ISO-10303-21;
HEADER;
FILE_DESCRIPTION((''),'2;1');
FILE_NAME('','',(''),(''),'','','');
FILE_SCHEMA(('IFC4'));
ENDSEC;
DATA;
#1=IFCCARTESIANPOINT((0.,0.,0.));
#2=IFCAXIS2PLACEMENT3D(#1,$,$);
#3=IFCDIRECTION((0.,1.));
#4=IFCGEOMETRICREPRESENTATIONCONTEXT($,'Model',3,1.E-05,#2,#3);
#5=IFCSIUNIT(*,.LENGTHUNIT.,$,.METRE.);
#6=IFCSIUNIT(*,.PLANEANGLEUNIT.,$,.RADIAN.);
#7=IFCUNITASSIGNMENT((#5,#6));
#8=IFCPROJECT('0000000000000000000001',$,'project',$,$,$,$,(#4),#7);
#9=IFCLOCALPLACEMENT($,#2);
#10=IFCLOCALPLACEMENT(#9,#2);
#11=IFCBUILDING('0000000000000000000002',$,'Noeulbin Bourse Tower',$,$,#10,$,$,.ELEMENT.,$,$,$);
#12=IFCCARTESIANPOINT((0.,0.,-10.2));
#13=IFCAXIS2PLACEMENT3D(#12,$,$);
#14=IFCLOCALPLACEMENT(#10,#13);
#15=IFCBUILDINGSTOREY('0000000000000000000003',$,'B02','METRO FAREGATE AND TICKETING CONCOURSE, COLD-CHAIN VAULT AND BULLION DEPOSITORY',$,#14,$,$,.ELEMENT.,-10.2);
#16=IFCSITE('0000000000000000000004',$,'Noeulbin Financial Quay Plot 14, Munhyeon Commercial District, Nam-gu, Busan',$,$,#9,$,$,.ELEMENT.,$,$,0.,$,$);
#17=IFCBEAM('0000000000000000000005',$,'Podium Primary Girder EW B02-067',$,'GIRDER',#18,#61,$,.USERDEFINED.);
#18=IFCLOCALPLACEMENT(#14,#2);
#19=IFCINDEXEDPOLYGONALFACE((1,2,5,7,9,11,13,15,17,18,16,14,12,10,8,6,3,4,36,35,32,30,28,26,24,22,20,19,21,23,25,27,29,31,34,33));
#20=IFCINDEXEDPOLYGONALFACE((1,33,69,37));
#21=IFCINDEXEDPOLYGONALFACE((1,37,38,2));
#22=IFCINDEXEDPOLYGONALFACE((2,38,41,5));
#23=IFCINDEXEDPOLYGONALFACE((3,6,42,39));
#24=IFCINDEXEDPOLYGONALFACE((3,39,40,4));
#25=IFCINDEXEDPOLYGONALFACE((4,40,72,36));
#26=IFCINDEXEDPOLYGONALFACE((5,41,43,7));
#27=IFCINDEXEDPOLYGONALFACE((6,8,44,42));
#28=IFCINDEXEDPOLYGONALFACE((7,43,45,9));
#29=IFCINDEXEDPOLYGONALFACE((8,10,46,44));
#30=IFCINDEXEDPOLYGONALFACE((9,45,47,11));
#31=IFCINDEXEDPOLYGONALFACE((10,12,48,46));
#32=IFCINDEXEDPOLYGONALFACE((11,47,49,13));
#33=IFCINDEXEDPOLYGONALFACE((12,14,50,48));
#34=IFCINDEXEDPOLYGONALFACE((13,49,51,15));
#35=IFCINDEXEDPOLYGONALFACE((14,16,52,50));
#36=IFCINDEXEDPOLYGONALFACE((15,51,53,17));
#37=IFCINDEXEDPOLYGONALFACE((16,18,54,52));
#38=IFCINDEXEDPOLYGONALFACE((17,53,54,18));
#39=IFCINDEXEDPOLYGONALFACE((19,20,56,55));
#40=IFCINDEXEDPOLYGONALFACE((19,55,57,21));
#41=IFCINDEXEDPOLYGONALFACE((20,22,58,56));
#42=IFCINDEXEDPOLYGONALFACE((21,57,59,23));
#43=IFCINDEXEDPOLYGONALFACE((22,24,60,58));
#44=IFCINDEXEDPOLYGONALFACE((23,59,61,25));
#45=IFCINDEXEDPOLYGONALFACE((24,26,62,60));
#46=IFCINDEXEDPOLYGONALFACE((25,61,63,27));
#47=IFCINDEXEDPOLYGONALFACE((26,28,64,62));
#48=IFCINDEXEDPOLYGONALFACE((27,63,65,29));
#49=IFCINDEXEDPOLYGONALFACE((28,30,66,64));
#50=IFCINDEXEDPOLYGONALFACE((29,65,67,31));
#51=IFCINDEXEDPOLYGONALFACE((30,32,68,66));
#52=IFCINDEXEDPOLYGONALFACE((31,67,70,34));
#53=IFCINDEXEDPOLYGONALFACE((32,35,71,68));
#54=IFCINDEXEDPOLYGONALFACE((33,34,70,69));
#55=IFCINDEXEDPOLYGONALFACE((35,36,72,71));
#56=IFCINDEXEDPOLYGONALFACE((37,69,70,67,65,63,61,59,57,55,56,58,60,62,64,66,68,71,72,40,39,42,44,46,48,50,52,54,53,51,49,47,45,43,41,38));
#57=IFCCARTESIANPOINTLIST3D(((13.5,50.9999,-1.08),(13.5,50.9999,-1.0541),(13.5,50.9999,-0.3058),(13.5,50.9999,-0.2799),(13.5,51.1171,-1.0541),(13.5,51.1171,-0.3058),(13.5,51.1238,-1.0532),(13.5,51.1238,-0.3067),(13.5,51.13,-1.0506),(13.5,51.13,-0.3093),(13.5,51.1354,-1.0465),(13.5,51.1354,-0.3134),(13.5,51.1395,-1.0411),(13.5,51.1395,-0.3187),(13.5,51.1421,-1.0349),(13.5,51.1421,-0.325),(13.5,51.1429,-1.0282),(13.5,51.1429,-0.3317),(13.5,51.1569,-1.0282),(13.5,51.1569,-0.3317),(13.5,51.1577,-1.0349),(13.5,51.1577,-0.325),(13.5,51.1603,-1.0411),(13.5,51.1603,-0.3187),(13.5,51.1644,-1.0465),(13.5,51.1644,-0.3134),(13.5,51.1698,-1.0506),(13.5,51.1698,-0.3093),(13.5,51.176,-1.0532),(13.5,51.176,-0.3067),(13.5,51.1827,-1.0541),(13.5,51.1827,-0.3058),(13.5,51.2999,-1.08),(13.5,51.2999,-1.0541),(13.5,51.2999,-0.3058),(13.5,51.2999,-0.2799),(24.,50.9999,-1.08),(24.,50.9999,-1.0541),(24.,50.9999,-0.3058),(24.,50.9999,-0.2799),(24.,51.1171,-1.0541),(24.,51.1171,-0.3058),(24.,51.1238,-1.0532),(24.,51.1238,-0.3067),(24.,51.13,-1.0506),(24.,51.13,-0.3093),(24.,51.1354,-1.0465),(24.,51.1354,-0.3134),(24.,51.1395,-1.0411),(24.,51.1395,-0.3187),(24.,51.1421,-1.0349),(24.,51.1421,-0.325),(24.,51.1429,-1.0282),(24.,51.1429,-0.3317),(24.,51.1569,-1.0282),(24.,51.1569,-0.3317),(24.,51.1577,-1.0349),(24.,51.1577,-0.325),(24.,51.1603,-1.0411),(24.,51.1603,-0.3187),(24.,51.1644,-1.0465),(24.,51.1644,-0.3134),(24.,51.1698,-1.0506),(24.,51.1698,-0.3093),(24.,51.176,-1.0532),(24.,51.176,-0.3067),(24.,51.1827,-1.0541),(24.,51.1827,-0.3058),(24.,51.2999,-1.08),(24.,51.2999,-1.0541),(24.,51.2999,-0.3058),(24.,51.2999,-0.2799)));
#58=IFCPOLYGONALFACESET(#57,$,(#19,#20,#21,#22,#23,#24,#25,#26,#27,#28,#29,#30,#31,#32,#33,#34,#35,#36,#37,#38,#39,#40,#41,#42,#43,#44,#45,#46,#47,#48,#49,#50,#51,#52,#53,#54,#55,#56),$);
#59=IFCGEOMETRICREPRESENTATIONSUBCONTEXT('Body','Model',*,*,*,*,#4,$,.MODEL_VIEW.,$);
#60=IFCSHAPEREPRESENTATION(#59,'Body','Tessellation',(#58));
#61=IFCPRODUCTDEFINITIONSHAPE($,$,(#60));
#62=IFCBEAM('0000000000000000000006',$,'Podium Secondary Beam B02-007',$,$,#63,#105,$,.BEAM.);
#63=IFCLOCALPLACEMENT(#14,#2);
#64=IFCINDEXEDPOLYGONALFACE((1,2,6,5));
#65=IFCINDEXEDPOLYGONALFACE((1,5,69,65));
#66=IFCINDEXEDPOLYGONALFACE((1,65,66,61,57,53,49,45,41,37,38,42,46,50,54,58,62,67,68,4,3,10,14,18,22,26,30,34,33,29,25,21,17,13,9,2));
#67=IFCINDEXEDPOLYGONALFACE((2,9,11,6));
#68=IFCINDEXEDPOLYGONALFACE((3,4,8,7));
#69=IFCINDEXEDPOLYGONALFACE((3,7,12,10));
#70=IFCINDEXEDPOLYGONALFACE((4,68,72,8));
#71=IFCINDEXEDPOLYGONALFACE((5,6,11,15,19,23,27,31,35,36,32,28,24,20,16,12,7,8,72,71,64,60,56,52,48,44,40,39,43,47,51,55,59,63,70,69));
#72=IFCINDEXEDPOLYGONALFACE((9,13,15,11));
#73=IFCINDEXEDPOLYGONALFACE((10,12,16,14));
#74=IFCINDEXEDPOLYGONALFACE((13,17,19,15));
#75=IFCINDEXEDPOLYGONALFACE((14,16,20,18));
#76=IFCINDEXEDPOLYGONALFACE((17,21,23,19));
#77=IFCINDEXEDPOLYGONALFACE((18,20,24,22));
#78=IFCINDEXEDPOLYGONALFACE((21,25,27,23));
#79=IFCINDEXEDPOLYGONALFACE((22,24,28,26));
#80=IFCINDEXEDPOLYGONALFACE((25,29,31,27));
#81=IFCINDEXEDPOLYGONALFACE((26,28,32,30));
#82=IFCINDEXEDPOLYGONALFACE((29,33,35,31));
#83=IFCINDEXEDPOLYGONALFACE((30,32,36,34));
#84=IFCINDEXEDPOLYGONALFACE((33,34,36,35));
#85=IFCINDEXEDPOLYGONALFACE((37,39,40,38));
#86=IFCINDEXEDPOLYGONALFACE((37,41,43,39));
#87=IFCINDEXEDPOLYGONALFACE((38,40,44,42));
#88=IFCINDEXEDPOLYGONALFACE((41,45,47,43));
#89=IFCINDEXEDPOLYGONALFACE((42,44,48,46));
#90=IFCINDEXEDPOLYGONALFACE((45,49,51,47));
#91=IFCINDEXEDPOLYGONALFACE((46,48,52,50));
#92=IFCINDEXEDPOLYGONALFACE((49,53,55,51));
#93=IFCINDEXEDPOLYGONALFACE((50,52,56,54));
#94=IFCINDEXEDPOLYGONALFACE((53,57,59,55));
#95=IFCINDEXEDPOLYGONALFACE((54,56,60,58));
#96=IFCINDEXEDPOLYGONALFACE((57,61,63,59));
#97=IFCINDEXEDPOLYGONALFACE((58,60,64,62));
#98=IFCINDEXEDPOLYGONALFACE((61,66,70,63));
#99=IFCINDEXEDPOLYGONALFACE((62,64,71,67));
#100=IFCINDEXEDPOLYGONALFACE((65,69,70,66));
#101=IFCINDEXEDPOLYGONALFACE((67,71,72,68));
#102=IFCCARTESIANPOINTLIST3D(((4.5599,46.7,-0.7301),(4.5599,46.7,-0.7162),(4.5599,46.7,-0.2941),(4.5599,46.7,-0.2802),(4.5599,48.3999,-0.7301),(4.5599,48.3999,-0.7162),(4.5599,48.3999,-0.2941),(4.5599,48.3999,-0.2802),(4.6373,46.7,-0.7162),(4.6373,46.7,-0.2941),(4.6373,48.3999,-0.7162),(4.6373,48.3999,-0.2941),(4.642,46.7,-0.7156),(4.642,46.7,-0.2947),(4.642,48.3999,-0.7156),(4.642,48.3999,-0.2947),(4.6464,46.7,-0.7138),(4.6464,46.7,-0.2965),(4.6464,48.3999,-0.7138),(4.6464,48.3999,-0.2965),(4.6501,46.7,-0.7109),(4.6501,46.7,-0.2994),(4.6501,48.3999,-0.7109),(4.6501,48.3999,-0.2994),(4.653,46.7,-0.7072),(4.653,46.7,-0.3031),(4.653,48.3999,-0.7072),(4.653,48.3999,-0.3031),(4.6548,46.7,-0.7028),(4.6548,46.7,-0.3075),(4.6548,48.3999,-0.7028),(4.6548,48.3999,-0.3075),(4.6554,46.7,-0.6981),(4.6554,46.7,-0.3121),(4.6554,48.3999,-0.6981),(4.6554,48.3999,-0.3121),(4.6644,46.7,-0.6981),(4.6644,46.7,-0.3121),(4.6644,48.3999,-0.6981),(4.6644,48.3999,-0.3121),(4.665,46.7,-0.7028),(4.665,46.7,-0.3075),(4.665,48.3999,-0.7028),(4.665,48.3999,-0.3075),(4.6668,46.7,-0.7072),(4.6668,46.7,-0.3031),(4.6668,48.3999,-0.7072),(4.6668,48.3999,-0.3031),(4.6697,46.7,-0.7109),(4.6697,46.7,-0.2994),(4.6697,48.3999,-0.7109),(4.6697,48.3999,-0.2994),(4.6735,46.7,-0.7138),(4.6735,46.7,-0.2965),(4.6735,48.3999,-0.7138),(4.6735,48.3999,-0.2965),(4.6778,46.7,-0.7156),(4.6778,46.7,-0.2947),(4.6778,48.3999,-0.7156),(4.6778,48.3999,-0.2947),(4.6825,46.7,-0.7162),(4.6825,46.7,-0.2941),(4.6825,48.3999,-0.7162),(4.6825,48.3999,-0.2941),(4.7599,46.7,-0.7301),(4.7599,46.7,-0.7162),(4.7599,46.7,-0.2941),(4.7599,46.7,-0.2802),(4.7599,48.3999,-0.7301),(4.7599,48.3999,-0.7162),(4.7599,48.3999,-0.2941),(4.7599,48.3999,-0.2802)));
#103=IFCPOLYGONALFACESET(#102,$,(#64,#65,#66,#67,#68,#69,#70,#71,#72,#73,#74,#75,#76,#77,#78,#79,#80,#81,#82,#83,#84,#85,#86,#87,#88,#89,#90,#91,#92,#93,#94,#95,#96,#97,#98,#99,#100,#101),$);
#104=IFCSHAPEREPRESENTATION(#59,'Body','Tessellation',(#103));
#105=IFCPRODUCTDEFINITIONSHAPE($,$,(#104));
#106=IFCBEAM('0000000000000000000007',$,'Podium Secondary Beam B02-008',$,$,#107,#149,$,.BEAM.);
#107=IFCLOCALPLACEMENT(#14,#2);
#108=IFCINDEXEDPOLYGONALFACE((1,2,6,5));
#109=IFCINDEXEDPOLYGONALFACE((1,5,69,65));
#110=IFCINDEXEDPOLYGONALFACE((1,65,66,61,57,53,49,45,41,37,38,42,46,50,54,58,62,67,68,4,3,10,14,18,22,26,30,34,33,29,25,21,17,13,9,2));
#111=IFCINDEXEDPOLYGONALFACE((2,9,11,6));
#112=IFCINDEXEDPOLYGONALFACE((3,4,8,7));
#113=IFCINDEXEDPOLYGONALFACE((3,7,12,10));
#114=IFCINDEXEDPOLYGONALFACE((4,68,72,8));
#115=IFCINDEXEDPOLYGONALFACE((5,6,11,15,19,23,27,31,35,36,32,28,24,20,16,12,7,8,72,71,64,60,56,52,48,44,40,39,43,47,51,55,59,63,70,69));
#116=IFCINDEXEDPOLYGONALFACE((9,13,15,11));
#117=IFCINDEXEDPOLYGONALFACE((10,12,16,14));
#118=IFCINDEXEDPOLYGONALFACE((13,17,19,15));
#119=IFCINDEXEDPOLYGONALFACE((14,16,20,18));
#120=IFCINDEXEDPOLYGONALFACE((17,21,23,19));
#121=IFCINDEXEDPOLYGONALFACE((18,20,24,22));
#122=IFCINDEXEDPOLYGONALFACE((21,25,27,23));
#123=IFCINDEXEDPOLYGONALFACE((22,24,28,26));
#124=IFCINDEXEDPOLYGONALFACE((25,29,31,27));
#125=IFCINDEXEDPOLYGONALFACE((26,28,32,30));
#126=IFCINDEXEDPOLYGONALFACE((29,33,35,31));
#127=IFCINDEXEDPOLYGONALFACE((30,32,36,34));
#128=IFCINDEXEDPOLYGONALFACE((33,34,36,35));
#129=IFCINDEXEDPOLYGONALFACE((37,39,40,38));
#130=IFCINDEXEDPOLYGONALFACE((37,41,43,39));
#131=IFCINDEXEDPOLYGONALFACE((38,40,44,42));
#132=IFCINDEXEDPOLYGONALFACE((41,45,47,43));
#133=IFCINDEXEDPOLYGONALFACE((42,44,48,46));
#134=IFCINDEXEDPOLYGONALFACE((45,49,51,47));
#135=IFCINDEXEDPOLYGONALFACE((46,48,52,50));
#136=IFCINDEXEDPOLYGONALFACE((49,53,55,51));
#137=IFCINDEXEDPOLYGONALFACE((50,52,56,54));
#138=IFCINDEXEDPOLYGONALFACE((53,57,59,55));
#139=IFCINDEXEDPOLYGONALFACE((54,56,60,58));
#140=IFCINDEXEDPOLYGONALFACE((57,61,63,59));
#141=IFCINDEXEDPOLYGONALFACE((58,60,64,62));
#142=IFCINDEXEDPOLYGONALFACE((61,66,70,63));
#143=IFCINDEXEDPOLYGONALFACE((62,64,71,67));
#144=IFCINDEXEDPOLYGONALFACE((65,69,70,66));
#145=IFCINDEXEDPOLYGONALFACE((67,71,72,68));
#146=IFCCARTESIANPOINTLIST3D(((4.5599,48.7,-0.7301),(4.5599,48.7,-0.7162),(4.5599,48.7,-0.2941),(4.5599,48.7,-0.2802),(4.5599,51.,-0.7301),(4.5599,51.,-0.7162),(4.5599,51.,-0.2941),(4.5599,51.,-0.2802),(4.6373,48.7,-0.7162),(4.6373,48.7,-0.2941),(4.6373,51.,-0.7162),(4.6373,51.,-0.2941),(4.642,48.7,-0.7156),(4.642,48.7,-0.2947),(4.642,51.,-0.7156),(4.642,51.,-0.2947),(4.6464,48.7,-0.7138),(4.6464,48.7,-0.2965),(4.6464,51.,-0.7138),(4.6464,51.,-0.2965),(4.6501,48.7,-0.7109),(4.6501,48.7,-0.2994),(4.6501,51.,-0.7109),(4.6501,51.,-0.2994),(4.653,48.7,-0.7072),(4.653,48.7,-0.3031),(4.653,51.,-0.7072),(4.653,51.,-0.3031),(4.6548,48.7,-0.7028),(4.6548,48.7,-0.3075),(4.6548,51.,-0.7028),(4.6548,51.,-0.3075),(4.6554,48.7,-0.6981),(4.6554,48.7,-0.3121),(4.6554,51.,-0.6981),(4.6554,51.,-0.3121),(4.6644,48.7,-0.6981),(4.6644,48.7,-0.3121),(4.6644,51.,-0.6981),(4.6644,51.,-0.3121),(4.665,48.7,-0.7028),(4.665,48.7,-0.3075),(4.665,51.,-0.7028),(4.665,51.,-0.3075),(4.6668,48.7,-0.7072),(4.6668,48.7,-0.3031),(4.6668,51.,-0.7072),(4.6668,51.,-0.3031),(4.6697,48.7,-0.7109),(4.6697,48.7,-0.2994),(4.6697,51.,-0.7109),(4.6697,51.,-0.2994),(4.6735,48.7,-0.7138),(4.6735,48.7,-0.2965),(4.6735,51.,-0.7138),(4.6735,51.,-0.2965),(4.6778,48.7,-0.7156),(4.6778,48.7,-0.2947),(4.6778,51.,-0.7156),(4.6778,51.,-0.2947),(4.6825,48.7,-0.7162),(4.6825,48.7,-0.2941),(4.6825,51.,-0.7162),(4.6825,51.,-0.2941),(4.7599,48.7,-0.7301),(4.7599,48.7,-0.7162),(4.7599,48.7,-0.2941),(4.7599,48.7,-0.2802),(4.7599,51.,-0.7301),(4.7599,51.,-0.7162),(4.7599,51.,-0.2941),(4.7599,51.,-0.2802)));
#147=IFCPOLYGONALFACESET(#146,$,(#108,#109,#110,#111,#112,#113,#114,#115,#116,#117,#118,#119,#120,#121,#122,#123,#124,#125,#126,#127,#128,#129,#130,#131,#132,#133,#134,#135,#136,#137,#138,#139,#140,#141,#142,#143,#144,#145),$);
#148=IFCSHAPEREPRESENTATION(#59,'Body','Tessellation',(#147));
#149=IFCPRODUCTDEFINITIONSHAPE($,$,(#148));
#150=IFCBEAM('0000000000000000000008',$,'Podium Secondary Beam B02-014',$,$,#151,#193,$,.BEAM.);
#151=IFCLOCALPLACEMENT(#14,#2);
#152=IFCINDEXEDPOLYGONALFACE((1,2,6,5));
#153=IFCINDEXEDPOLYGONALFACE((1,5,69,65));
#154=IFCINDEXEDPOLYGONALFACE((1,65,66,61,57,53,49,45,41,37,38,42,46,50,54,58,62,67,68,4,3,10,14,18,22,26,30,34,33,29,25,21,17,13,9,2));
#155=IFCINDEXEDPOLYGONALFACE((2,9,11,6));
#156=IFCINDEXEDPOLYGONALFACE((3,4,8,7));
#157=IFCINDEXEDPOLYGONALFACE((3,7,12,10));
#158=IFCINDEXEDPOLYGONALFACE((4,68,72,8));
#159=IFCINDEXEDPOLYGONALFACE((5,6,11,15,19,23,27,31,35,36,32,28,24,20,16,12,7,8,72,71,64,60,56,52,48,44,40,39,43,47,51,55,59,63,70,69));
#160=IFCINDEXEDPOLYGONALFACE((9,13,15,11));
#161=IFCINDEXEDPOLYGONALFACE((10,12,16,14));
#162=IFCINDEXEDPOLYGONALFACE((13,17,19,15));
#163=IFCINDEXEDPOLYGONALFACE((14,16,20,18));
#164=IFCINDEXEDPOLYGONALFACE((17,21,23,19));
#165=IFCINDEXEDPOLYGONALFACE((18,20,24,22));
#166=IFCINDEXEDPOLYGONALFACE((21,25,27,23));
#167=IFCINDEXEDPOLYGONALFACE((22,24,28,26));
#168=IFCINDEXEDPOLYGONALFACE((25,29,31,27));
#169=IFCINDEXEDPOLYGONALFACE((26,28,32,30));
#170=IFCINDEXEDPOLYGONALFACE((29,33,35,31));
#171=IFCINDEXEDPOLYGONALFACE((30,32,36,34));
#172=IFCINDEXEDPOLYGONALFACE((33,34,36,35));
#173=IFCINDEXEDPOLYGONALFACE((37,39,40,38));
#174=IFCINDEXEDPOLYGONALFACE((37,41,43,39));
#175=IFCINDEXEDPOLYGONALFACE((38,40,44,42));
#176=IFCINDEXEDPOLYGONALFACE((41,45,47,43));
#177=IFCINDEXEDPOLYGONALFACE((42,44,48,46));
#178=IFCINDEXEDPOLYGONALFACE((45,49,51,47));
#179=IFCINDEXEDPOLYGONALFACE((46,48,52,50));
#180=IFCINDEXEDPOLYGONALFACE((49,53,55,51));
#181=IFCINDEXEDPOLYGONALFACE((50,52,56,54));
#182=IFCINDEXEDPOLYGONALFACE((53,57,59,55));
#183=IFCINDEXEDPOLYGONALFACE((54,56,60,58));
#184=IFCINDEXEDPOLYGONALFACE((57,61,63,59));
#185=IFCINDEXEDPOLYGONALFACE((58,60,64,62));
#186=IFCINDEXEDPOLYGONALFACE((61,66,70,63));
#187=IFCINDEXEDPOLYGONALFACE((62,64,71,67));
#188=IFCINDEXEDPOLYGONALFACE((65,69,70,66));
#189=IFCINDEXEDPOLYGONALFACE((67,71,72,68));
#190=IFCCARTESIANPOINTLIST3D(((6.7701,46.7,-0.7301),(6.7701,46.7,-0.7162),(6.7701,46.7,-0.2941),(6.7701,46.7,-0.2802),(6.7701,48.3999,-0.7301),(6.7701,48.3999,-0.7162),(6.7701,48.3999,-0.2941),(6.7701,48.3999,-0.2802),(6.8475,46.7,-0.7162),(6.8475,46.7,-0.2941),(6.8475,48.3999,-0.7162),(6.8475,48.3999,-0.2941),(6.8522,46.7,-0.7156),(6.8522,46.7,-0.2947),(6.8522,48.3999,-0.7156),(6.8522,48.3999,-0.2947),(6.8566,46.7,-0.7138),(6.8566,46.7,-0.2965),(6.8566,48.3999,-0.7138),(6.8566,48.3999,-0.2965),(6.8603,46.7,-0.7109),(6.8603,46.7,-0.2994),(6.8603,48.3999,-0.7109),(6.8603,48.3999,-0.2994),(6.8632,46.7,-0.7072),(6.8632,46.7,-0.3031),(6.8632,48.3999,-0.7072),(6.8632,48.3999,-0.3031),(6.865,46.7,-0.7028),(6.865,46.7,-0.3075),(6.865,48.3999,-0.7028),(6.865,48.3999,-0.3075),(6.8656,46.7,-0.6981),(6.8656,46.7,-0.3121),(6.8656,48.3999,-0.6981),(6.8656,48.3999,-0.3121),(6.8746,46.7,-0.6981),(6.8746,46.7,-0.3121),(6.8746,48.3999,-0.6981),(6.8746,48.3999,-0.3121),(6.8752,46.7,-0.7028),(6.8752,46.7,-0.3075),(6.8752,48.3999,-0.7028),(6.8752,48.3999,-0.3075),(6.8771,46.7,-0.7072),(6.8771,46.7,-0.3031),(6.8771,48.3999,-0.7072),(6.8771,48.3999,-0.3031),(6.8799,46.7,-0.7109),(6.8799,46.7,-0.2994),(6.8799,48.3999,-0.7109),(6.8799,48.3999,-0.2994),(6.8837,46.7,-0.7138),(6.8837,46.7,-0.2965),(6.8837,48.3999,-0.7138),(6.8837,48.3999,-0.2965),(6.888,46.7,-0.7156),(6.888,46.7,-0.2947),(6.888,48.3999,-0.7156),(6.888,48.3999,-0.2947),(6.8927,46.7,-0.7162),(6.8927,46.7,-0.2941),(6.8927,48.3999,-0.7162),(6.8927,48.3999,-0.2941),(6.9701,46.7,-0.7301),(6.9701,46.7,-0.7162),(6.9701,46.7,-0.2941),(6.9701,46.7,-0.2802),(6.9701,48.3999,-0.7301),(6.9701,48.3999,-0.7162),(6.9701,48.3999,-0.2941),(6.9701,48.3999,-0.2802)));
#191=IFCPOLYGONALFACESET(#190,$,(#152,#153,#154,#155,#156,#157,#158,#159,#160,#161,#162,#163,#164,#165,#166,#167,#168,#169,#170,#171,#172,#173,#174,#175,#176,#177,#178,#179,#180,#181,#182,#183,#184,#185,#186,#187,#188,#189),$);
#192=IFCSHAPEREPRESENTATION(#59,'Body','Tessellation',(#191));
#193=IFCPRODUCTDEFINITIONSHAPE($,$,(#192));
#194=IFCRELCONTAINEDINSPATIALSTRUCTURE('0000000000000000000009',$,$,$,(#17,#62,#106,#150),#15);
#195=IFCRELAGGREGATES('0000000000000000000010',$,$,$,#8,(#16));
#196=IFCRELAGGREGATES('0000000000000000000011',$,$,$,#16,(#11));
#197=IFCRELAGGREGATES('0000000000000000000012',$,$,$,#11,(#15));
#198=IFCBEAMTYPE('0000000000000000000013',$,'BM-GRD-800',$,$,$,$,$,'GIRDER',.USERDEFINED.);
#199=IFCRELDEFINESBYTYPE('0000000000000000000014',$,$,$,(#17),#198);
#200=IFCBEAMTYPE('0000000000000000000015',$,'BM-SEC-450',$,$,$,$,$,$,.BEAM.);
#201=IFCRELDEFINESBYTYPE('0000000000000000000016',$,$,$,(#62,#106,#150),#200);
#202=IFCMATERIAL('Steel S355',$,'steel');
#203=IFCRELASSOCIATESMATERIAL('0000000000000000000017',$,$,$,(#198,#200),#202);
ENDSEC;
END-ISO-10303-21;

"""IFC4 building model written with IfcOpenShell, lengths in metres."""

from ifc_helpers import new_model, si_unit, direction, frame, origin, origin_2d, place, context, subcontext, project, spatial, i_section, extrude, material, material_profile, profile_set, type_object, element, save


model = new_model("IFC4")

# Units and contexts
model_context = context("Model", 3, precision=1e-05, world=origin(), true_north=direction((0.0, 1.0)))
body_context = subcontext(model_context, "Body", "Model", "MODEL_VIEW")
ifc_project = project(units=[si_unit("LENGTHUNIT", "METRE"), si_unit("PLANEANGLEUNIT", "RADIAN")], contexts=[model_context])

# Site, building, storey
site_placement = place(None, origin())
site = spatial("IfcSite", under=ifc_project, at=site_placement, Name="Noeulbin Financial Quay Plot 14, Munhyeon Commercial District, Nam-gu, Busan", CompositionType="ELEMENT", RefElevation=0.0)
building_placement = place(site_placement, origin())
building = spatial("IfcBuilding", under=site, at=building_placement, Name="Noeulbin Bourse Tower", CompositionType="ELEMENT")
storey_placement = place(building_placement, frame((0.0, 0.0, -10.2)))
storey = spatial("IfcBuildingStorey", under=building, at=storey_placement, Name="B02", Description="METRO FAREGATE AND TICKETING CONCOURSE, COLD-CHAIN VAULT AND BULLION DEPOSITORY", CompositionType="ELEMENT", Elevation=-10.2)

# Beams
ifc_material_1 = material(Name="Steel S355", Category="steel")
ifc_material_profile_1 = material_profile(ifc_material_1, i_section(OverallWidth=0.3, OverallDepth=0.8, WebThickness=0.0139, FlangeThickness=0.0259, FilletRadius=0.0259, at=origin_2d()), Name="H-800x300x14x26", Category="LoadBearing")
ifc_profile_set_1 = profile_set([ifc_material_profile_1], Name="Steel S355")
beam_type_1 = type_object("IfcBeamType", Name="BM-GRD-800", ElementType="GIRDER", PredefinedType="USERDEFINED", material=ifc_profile_set_1)
beam_1_placement = place(storey_placement, frame((13.5, 51.1499, -0.6799), z_axis=(1.0, 0.0, 0.0), x_axis=(0.0, 1.0, 0.0)))
element("IfcBeam", 1, at=beam_1_placement, inside=storey, type_object=beam_type_1, Name="Podium Primary Girder EW B02-067", ObjectType="GIRDER", PredefinedType="USERDEFINED", context=body_context, shape_type="SweptSolid", body=[
    extrude(i_section(OverallWidth=0.3, OverallDepth=0.8, WebThickness=0.0139, FlangeThickness=0.0259, FilletRadius=0.0259, at=origin_2d()), origin(), (0.0, 0.0, 1.0), 10.5),
])
ifc_material_profile_2 = material_profile(ifc_material_1, i_section(OverallWidth=0.2, OverallDepth=0.45, WebThickness=0.009, FlangeThickness=0.0139, FilletRadius=0.0181, at=origin_2d()), Name="H-450x200x9x14", Category="LoadBearing")
ifc_profile_set_2 = profile_set([ifc_material_profile_2], Name="Steel S355")
beam_type_2 = type_object("IfcBeamType", Name="BM-SEC-450", PredefinedType="BEAM", material=ifc_profile_set_2)
beam_2_placement = place(storey_placement, frame((4.6599, 46.7, -0.5051), z_axis=(0.0, 1.0, 0.0), x_axis=(-1.0, 0.0, 0.0)))
element("IfcBeam", 2, at=beam_2_placement, inside=storey, type_object=beam_type_2, Name="Podium Secondary Beam B02-007", PredefinedType="BEAM", context=body_context, shape_type="SweptSolid", body=[
    extrude(i_section(OverallWidth=0.2, OverallDepth=0.45, WebThickness=0.009, FlangeThickness=0.0139, FilletRadius=0.0181, at=origin_2d()), origin(), (0.0, 0.0, 1.0), 1.7),
])
beam_3_placement = place(storey_placement, frame((4.6599, 48.7, -0.5051), z_axis=(0.0, 1.0, 0.0), x_axis=(-1.0, 0.0, 0.0)))
element("IfcBeam", 3, at=beam_3_placement, inside=storey, type_object=beam_type_2, Name="Podium Secondary Beam B02-008", PredefinedType="BEAM", context=body_context, shape_type="SweptSolid", body=[
    extrude(i_section(OverallWidth=0.2, OverallDepth=0.45, WebThickness=0.009, FlangeThickness=0.0139, FilletRadius=0.0181, at=origin_2d()), origin(), (0.0, 0.0, 1.0), 2.3),
])
beam_4_placement = place(storey_placement, frame((6.8701, 46.7, -0.5051), z_axis=(0.0, 1.0, 0.0), x_axis=(-1.0, 0.0, 0.0)))
element("IfcBeam", 4, at=beam_4_placement, inside=storey, type_object=beam_type_2, Name="Podium Secondary Beam B02-014", PredefinedType="BEAM", context=body_context, shape_type="SweptSolid", body=[
    extrude(i_section(OverallWidth=0.2, OverallDepth=0.45, WebThickness=0.009, FlangeThickness=0.0139, FilletRadius=0.0181, at=origin_2d()), origin(), (0.0, 0.0, 1.0), 1.7),
])

save(model, "model.ifc")
